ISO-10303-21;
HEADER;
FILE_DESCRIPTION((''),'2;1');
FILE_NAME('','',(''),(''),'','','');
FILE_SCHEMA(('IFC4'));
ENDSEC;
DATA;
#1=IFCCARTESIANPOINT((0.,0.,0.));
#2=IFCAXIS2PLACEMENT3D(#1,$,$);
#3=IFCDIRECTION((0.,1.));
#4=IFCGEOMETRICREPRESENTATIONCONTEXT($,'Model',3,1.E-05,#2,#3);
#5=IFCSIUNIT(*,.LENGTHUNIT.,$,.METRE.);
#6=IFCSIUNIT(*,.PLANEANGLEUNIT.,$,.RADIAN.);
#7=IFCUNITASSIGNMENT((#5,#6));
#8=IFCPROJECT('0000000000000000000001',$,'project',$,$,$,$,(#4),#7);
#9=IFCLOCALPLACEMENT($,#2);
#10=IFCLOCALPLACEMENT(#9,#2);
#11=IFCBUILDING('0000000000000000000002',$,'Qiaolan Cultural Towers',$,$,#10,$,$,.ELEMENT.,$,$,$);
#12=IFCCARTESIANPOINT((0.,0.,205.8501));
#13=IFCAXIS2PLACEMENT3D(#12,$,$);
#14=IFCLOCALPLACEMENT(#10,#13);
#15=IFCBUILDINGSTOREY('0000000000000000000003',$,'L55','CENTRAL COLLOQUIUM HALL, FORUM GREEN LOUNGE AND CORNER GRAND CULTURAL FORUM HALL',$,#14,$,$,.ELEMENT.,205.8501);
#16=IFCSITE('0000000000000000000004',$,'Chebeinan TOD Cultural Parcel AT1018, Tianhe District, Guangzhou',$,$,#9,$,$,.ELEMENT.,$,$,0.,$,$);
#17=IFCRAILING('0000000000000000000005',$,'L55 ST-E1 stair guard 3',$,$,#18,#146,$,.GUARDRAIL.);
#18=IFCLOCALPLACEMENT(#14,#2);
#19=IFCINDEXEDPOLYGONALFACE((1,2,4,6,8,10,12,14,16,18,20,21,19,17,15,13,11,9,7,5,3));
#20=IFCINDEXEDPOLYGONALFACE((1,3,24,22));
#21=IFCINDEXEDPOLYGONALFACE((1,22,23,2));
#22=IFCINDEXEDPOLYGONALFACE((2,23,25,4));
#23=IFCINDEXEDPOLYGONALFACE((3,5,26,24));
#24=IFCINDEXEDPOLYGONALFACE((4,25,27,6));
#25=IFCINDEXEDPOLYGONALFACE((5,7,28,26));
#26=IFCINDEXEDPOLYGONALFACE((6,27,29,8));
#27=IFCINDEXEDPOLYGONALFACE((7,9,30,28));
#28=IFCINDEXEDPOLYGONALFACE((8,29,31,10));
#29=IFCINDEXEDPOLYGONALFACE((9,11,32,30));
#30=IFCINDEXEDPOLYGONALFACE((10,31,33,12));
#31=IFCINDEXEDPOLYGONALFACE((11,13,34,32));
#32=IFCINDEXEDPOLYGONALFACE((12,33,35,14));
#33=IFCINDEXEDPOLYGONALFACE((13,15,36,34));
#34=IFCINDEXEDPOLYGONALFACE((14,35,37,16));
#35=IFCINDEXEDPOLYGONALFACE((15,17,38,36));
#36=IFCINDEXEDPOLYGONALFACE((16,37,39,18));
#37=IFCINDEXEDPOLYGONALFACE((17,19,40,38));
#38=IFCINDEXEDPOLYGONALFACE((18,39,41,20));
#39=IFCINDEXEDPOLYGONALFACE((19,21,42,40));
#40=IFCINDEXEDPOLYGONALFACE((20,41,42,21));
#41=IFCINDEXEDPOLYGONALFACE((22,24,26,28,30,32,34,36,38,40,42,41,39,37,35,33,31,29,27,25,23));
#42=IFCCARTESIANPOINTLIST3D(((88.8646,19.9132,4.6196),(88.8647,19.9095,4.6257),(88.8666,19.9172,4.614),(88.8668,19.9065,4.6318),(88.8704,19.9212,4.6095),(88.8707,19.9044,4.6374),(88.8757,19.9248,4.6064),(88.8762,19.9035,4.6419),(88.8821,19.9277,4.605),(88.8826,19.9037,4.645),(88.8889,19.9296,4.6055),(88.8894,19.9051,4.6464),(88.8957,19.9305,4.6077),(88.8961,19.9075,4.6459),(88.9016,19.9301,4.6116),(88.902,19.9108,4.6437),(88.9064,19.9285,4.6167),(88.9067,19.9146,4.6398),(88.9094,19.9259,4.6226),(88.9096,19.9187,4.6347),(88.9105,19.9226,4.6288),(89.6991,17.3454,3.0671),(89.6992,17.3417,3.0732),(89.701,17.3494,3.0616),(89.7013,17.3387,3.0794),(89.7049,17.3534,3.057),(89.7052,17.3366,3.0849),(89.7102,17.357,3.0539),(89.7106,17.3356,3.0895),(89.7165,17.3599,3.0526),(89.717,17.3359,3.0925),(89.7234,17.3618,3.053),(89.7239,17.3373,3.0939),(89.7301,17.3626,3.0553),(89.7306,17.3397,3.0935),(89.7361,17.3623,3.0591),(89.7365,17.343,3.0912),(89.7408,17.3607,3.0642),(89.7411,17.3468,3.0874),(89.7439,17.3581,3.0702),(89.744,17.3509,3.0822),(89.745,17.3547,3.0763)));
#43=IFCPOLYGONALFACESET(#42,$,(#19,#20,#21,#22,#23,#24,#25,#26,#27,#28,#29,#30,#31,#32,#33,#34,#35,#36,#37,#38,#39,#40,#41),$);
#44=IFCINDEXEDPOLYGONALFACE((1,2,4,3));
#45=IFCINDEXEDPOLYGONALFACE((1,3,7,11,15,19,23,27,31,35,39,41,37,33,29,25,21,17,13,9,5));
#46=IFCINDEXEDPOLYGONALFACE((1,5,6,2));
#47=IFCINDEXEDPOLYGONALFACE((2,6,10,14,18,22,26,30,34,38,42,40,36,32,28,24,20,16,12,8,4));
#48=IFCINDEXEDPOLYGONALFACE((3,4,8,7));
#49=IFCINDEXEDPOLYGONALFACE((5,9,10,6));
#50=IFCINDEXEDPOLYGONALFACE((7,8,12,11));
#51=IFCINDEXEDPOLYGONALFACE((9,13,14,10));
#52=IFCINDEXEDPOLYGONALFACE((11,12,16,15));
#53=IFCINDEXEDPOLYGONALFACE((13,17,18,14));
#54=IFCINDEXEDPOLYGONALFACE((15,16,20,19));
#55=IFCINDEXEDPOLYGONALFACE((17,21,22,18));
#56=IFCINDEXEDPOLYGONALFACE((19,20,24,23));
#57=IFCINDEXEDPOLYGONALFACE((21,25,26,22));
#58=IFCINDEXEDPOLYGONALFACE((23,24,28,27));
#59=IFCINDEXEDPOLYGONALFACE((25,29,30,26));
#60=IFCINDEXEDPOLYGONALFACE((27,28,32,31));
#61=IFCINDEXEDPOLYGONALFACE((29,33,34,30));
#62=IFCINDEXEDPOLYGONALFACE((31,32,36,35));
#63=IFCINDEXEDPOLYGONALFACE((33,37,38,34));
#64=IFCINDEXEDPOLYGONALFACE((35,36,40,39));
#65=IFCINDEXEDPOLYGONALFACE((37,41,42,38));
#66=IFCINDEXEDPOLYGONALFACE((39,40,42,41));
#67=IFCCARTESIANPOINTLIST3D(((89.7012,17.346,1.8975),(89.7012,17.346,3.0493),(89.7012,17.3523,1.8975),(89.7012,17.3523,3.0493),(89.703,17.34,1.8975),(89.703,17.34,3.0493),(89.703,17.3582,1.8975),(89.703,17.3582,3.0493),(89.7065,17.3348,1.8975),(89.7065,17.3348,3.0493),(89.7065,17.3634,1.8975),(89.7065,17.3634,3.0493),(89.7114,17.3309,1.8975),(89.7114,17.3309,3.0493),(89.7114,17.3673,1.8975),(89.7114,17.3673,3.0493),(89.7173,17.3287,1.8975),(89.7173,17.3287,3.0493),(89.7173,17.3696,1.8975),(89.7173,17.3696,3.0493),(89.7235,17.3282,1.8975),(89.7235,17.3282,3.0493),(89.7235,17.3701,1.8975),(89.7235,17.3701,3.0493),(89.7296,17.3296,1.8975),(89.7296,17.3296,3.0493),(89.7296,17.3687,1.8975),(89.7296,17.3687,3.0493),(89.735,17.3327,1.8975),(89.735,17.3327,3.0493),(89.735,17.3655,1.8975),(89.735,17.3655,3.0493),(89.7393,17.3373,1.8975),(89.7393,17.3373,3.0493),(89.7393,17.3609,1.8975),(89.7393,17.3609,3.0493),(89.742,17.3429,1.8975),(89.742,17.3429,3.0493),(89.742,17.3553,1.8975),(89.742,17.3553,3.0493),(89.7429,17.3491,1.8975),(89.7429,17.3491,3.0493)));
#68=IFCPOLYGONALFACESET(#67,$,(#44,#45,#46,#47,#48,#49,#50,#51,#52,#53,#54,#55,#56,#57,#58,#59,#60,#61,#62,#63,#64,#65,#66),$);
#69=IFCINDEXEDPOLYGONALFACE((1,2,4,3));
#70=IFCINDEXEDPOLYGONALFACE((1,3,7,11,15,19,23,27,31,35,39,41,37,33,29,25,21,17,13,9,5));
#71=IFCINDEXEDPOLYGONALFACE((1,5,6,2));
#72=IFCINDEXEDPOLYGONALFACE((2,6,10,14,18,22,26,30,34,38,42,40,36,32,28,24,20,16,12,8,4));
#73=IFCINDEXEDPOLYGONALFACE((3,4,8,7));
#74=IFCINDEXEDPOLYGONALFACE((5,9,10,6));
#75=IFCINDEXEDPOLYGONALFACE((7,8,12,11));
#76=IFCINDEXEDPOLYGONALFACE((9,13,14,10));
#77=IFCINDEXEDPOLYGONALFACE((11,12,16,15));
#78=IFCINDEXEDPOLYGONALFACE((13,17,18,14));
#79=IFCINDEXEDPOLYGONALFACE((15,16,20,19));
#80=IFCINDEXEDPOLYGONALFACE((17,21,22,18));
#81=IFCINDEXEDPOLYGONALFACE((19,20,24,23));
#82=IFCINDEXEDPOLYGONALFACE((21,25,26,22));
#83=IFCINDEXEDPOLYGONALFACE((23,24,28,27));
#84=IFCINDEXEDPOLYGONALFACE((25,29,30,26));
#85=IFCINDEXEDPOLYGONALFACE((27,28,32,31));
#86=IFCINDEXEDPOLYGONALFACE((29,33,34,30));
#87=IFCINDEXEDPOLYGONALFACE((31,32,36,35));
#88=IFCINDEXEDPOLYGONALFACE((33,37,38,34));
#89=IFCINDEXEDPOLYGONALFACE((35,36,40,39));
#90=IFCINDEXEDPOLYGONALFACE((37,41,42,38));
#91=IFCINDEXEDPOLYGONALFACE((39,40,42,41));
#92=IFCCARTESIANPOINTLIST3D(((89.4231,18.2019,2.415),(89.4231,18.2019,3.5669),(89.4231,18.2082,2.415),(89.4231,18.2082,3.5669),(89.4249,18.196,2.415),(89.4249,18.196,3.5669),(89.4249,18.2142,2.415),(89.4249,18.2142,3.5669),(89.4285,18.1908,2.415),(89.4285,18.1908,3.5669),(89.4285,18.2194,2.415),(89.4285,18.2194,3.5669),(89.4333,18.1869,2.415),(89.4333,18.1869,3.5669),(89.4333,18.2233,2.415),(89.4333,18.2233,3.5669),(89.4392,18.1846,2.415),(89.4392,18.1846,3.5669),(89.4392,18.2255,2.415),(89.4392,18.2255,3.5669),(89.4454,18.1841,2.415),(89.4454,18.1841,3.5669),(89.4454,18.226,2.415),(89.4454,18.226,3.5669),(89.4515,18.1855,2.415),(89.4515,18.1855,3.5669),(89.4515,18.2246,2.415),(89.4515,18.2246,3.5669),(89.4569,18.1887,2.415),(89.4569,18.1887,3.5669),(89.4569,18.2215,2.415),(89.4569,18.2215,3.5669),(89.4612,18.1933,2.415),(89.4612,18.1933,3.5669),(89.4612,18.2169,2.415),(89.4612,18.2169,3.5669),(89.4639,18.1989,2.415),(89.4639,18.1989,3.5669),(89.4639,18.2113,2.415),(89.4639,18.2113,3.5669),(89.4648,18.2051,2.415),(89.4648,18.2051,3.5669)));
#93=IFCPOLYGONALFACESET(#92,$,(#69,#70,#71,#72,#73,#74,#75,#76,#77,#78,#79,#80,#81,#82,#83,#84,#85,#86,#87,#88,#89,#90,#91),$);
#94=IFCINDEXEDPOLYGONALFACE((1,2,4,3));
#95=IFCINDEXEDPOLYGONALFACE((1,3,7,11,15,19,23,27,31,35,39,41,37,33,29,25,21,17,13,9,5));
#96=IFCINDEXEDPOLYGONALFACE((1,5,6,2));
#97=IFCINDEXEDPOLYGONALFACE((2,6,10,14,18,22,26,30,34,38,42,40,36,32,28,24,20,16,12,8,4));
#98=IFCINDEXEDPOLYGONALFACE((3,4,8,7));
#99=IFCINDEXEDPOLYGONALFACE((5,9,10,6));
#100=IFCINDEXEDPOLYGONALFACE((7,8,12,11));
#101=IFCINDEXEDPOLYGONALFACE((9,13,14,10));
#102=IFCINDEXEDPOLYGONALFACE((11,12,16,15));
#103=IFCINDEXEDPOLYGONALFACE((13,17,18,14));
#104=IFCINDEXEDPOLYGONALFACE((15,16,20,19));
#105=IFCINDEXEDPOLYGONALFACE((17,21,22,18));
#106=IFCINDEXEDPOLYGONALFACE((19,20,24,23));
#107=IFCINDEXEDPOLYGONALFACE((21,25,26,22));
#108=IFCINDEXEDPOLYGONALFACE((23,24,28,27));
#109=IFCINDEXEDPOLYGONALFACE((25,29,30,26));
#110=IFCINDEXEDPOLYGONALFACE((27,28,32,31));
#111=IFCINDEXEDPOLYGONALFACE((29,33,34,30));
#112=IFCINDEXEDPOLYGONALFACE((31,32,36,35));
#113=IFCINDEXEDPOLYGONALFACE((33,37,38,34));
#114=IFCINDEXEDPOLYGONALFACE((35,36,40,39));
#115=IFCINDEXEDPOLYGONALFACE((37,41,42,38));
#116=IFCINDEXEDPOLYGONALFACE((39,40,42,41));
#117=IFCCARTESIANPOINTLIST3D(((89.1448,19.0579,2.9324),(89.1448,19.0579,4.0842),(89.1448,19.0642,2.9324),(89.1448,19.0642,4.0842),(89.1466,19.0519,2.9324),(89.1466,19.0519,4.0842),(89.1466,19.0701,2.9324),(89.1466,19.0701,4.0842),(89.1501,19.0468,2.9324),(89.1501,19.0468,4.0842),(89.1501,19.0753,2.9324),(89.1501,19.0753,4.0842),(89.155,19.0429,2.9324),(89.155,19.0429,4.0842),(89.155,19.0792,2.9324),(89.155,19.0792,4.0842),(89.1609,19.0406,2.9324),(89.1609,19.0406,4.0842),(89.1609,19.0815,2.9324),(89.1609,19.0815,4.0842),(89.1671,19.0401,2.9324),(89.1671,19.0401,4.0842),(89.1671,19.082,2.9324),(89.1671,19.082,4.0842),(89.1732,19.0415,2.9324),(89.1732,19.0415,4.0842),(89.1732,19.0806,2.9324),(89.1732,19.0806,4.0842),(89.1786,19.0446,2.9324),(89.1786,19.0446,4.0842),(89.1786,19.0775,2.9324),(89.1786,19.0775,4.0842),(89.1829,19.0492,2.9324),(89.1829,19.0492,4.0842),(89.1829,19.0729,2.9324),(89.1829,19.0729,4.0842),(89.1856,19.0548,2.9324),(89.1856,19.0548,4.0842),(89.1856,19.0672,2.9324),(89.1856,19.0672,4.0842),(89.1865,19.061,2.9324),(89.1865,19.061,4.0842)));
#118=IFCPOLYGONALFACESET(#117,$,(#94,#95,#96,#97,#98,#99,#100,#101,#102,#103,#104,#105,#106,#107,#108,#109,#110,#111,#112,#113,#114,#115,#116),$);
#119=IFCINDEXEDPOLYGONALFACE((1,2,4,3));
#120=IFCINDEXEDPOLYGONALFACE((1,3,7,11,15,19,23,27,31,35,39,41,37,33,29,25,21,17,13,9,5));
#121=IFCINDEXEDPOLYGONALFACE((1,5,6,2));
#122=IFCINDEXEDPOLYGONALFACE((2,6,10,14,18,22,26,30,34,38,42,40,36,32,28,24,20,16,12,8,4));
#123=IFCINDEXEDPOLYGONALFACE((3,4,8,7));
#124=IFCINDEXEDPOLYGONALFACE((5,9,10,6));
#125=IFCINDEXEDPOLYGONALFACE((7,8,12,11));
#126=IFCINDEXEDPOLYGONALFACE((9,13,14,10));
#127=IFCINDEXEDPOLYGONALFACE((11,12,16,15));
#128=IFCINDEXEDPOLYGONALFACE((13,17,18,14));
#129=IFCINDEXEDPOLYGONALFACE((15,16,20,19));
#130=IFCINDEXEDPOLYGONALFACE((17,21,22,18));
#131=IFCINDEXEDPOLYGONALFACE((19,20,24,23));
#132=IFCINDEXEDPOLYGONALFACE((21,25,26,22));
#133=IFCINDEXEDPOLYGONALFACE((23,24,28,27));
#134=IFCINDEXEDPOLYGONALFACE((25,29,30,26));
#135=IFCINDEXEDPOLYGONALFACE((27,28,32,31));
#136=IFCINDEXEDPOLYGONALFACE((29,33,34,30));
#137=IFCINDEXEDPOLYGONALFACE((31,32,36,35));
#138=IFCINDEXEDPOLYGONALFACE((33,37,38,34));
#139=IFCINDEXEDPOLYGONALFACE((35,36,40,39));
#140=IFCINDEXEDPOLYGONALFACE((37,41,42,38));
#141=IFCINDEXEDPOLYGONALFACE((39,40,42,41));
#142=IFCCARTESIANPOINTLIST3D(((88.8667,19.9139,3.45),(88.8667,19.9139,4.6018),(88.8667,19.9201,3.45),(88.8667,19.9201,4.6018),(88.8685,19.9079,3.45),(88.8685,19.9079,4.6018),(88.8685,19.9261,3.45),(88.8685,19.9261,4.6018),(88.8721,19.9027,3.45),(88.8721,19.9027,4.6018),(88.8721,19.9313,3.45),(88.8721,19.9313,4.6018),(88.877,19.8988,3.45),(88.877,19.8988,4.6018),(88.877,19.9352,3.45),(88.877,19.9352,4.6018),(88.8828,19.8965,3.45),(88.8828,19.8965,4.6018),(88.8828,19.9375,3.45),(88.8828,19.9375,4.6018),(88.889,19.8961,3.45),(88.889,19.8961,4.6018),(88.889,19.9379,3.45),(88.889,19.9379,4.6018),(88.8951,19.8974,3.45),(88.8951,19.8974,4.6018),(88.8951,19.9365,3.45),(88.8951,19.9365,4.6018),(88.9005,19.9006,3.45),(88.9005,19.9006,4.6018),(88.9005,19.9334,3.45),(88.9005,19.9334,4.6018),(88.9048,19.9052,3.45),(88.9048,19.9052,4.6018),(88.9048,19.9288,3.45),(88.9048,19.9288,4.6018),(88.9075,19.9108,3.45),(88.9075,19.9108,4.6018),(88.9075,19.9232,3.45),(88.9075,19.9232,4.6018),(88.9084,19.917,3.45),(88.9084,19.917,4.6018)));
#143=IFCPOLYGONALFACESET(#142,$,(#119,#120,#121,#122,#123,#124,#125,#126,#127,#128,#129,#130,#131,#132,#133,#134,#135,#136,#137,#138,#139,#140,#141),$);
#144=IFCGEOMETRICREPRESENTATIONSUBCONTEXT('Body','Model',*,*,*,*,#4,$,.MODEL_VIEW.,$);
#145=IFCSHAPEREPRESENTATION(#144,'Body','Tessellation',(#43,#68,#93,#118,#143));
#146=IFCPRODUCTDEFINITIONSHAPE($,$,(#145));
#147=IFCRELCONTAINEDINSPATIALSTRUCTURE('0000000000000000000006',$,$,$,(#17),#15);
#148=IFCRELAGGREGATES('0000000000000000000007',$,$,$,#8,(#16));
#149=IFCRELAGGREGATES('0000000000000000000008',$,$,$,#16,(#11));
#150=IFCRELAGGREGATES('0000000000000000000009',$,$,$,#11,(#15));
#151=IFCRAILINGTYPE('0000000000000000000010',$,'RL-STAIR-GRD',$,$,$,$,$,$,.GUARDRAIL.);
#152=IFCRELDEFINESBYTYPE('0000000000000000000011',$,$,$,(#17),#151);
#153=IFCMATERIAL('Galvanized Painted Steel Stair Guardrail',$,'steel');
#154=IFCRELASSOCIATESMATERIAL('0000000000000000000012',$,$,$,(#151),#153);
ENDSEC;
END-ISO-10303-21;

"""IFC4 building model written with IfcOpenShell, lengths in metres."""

from ifc_helpers import new_model, si_unit, direction, frame, origin, origin_2d, place, context, subcontext, project, spatial, circle, extrude, material, type_object, element, save


model = new_model("IFC4")

# Units and contexts
model_context = context("Model", 3, precision=1e-05, world=origin(), true_north=direction((0.0, 1.0)))
body_context = subcontext(model_context, "Body", "Model", "MODEL_VIEW")
ifc_project = project(units=[si_unit("LENGTHUNIT", "METRE"), si_unit("PLANEANGLEUNIT", "RADIAN")], contexts=[model_context])

# Site, building, storey
site_placement = place(None, origin())
site = spatial("IfcSite", under=ifc_project, at=site_placement, Name="Chebeinan TOD Cultural Parcel AT1018, Tianhe District, Guangzhou", CompositionType="ELEMENT", RefElevation=0.0)
building_placement = place(site_placement, origin())
building = spatial("IfcBuilding", under=site, at=building_placement, Name="Qiaolan Cultural Towers", CompositionType="ELEMENT")
storey_placement = place(building_placement, frame((0.0, 0.0, 205.8501)))
storey = spatial("IfcBuildingStorey", under=building, at=storey_placement, Name="L55", Description="CENTRAL COLLOQUIUM HALL, FORUM GREEN LOUNGE AND CORNER GRAND CULTURAL FORUM HALL", CompositionType="ELEMENT", Elevation=205.8501)

# Railing
ifc_material_1 = material(Name="Galvanized Painted Steel Stair Guardrail", Category="steel")
railing_type_1 = type_object("IfcRailingType", Name="RL-STAIR-GRD", PredefinedType="GUARDRAIL", material=ifc_material_1)
railing_1_placement = place(storey_placement, frame((89.7219, 17.3491, 1.8975)))
element("IfcRailing", 1, at=railing_1_placement, inside=storey, type_object=railing_type_1, Name="L55 ST-E1 stair guard 3", PredefinedType="GUARDRAIL", context=body_context, shape_type="SweptSolid", body=[
    extrude(circle(Radius=0.0239, at=origin_2d()), frame((0.0, 0.0, 1.1758), z_axis=(-0.267926, 0.824471, 0.498461), x_axis=(-0.951043, -0.309057, 0.0)), (0.0, 0.0, 1.0), 3.1145),
    extrude(circle(Radius=0.021, at=origin_2d()), origin(), (0.0, 0.0, 1.0), 1.1519),
    extrude(circle(Radius=0.021, at=origin_2d()), frame((-0.2781, 0.856, 0.5176)), (0.0, 0.0, 1.0), 1.1519),
    extrude(circle(Radius=0.021, at=origin_2d()), frame((-0.5564, 1.7119, 1.0349)), (0.0, 0.0, 1.0), 1.1519),
    extrude(circle(Radius=0.021, at=origin_2d()), frame((-0.8345, 2.5679, 1.5525)), (0.0, 0.0, 1.0), 1.1519),
])

save(model, "model.ifc")
